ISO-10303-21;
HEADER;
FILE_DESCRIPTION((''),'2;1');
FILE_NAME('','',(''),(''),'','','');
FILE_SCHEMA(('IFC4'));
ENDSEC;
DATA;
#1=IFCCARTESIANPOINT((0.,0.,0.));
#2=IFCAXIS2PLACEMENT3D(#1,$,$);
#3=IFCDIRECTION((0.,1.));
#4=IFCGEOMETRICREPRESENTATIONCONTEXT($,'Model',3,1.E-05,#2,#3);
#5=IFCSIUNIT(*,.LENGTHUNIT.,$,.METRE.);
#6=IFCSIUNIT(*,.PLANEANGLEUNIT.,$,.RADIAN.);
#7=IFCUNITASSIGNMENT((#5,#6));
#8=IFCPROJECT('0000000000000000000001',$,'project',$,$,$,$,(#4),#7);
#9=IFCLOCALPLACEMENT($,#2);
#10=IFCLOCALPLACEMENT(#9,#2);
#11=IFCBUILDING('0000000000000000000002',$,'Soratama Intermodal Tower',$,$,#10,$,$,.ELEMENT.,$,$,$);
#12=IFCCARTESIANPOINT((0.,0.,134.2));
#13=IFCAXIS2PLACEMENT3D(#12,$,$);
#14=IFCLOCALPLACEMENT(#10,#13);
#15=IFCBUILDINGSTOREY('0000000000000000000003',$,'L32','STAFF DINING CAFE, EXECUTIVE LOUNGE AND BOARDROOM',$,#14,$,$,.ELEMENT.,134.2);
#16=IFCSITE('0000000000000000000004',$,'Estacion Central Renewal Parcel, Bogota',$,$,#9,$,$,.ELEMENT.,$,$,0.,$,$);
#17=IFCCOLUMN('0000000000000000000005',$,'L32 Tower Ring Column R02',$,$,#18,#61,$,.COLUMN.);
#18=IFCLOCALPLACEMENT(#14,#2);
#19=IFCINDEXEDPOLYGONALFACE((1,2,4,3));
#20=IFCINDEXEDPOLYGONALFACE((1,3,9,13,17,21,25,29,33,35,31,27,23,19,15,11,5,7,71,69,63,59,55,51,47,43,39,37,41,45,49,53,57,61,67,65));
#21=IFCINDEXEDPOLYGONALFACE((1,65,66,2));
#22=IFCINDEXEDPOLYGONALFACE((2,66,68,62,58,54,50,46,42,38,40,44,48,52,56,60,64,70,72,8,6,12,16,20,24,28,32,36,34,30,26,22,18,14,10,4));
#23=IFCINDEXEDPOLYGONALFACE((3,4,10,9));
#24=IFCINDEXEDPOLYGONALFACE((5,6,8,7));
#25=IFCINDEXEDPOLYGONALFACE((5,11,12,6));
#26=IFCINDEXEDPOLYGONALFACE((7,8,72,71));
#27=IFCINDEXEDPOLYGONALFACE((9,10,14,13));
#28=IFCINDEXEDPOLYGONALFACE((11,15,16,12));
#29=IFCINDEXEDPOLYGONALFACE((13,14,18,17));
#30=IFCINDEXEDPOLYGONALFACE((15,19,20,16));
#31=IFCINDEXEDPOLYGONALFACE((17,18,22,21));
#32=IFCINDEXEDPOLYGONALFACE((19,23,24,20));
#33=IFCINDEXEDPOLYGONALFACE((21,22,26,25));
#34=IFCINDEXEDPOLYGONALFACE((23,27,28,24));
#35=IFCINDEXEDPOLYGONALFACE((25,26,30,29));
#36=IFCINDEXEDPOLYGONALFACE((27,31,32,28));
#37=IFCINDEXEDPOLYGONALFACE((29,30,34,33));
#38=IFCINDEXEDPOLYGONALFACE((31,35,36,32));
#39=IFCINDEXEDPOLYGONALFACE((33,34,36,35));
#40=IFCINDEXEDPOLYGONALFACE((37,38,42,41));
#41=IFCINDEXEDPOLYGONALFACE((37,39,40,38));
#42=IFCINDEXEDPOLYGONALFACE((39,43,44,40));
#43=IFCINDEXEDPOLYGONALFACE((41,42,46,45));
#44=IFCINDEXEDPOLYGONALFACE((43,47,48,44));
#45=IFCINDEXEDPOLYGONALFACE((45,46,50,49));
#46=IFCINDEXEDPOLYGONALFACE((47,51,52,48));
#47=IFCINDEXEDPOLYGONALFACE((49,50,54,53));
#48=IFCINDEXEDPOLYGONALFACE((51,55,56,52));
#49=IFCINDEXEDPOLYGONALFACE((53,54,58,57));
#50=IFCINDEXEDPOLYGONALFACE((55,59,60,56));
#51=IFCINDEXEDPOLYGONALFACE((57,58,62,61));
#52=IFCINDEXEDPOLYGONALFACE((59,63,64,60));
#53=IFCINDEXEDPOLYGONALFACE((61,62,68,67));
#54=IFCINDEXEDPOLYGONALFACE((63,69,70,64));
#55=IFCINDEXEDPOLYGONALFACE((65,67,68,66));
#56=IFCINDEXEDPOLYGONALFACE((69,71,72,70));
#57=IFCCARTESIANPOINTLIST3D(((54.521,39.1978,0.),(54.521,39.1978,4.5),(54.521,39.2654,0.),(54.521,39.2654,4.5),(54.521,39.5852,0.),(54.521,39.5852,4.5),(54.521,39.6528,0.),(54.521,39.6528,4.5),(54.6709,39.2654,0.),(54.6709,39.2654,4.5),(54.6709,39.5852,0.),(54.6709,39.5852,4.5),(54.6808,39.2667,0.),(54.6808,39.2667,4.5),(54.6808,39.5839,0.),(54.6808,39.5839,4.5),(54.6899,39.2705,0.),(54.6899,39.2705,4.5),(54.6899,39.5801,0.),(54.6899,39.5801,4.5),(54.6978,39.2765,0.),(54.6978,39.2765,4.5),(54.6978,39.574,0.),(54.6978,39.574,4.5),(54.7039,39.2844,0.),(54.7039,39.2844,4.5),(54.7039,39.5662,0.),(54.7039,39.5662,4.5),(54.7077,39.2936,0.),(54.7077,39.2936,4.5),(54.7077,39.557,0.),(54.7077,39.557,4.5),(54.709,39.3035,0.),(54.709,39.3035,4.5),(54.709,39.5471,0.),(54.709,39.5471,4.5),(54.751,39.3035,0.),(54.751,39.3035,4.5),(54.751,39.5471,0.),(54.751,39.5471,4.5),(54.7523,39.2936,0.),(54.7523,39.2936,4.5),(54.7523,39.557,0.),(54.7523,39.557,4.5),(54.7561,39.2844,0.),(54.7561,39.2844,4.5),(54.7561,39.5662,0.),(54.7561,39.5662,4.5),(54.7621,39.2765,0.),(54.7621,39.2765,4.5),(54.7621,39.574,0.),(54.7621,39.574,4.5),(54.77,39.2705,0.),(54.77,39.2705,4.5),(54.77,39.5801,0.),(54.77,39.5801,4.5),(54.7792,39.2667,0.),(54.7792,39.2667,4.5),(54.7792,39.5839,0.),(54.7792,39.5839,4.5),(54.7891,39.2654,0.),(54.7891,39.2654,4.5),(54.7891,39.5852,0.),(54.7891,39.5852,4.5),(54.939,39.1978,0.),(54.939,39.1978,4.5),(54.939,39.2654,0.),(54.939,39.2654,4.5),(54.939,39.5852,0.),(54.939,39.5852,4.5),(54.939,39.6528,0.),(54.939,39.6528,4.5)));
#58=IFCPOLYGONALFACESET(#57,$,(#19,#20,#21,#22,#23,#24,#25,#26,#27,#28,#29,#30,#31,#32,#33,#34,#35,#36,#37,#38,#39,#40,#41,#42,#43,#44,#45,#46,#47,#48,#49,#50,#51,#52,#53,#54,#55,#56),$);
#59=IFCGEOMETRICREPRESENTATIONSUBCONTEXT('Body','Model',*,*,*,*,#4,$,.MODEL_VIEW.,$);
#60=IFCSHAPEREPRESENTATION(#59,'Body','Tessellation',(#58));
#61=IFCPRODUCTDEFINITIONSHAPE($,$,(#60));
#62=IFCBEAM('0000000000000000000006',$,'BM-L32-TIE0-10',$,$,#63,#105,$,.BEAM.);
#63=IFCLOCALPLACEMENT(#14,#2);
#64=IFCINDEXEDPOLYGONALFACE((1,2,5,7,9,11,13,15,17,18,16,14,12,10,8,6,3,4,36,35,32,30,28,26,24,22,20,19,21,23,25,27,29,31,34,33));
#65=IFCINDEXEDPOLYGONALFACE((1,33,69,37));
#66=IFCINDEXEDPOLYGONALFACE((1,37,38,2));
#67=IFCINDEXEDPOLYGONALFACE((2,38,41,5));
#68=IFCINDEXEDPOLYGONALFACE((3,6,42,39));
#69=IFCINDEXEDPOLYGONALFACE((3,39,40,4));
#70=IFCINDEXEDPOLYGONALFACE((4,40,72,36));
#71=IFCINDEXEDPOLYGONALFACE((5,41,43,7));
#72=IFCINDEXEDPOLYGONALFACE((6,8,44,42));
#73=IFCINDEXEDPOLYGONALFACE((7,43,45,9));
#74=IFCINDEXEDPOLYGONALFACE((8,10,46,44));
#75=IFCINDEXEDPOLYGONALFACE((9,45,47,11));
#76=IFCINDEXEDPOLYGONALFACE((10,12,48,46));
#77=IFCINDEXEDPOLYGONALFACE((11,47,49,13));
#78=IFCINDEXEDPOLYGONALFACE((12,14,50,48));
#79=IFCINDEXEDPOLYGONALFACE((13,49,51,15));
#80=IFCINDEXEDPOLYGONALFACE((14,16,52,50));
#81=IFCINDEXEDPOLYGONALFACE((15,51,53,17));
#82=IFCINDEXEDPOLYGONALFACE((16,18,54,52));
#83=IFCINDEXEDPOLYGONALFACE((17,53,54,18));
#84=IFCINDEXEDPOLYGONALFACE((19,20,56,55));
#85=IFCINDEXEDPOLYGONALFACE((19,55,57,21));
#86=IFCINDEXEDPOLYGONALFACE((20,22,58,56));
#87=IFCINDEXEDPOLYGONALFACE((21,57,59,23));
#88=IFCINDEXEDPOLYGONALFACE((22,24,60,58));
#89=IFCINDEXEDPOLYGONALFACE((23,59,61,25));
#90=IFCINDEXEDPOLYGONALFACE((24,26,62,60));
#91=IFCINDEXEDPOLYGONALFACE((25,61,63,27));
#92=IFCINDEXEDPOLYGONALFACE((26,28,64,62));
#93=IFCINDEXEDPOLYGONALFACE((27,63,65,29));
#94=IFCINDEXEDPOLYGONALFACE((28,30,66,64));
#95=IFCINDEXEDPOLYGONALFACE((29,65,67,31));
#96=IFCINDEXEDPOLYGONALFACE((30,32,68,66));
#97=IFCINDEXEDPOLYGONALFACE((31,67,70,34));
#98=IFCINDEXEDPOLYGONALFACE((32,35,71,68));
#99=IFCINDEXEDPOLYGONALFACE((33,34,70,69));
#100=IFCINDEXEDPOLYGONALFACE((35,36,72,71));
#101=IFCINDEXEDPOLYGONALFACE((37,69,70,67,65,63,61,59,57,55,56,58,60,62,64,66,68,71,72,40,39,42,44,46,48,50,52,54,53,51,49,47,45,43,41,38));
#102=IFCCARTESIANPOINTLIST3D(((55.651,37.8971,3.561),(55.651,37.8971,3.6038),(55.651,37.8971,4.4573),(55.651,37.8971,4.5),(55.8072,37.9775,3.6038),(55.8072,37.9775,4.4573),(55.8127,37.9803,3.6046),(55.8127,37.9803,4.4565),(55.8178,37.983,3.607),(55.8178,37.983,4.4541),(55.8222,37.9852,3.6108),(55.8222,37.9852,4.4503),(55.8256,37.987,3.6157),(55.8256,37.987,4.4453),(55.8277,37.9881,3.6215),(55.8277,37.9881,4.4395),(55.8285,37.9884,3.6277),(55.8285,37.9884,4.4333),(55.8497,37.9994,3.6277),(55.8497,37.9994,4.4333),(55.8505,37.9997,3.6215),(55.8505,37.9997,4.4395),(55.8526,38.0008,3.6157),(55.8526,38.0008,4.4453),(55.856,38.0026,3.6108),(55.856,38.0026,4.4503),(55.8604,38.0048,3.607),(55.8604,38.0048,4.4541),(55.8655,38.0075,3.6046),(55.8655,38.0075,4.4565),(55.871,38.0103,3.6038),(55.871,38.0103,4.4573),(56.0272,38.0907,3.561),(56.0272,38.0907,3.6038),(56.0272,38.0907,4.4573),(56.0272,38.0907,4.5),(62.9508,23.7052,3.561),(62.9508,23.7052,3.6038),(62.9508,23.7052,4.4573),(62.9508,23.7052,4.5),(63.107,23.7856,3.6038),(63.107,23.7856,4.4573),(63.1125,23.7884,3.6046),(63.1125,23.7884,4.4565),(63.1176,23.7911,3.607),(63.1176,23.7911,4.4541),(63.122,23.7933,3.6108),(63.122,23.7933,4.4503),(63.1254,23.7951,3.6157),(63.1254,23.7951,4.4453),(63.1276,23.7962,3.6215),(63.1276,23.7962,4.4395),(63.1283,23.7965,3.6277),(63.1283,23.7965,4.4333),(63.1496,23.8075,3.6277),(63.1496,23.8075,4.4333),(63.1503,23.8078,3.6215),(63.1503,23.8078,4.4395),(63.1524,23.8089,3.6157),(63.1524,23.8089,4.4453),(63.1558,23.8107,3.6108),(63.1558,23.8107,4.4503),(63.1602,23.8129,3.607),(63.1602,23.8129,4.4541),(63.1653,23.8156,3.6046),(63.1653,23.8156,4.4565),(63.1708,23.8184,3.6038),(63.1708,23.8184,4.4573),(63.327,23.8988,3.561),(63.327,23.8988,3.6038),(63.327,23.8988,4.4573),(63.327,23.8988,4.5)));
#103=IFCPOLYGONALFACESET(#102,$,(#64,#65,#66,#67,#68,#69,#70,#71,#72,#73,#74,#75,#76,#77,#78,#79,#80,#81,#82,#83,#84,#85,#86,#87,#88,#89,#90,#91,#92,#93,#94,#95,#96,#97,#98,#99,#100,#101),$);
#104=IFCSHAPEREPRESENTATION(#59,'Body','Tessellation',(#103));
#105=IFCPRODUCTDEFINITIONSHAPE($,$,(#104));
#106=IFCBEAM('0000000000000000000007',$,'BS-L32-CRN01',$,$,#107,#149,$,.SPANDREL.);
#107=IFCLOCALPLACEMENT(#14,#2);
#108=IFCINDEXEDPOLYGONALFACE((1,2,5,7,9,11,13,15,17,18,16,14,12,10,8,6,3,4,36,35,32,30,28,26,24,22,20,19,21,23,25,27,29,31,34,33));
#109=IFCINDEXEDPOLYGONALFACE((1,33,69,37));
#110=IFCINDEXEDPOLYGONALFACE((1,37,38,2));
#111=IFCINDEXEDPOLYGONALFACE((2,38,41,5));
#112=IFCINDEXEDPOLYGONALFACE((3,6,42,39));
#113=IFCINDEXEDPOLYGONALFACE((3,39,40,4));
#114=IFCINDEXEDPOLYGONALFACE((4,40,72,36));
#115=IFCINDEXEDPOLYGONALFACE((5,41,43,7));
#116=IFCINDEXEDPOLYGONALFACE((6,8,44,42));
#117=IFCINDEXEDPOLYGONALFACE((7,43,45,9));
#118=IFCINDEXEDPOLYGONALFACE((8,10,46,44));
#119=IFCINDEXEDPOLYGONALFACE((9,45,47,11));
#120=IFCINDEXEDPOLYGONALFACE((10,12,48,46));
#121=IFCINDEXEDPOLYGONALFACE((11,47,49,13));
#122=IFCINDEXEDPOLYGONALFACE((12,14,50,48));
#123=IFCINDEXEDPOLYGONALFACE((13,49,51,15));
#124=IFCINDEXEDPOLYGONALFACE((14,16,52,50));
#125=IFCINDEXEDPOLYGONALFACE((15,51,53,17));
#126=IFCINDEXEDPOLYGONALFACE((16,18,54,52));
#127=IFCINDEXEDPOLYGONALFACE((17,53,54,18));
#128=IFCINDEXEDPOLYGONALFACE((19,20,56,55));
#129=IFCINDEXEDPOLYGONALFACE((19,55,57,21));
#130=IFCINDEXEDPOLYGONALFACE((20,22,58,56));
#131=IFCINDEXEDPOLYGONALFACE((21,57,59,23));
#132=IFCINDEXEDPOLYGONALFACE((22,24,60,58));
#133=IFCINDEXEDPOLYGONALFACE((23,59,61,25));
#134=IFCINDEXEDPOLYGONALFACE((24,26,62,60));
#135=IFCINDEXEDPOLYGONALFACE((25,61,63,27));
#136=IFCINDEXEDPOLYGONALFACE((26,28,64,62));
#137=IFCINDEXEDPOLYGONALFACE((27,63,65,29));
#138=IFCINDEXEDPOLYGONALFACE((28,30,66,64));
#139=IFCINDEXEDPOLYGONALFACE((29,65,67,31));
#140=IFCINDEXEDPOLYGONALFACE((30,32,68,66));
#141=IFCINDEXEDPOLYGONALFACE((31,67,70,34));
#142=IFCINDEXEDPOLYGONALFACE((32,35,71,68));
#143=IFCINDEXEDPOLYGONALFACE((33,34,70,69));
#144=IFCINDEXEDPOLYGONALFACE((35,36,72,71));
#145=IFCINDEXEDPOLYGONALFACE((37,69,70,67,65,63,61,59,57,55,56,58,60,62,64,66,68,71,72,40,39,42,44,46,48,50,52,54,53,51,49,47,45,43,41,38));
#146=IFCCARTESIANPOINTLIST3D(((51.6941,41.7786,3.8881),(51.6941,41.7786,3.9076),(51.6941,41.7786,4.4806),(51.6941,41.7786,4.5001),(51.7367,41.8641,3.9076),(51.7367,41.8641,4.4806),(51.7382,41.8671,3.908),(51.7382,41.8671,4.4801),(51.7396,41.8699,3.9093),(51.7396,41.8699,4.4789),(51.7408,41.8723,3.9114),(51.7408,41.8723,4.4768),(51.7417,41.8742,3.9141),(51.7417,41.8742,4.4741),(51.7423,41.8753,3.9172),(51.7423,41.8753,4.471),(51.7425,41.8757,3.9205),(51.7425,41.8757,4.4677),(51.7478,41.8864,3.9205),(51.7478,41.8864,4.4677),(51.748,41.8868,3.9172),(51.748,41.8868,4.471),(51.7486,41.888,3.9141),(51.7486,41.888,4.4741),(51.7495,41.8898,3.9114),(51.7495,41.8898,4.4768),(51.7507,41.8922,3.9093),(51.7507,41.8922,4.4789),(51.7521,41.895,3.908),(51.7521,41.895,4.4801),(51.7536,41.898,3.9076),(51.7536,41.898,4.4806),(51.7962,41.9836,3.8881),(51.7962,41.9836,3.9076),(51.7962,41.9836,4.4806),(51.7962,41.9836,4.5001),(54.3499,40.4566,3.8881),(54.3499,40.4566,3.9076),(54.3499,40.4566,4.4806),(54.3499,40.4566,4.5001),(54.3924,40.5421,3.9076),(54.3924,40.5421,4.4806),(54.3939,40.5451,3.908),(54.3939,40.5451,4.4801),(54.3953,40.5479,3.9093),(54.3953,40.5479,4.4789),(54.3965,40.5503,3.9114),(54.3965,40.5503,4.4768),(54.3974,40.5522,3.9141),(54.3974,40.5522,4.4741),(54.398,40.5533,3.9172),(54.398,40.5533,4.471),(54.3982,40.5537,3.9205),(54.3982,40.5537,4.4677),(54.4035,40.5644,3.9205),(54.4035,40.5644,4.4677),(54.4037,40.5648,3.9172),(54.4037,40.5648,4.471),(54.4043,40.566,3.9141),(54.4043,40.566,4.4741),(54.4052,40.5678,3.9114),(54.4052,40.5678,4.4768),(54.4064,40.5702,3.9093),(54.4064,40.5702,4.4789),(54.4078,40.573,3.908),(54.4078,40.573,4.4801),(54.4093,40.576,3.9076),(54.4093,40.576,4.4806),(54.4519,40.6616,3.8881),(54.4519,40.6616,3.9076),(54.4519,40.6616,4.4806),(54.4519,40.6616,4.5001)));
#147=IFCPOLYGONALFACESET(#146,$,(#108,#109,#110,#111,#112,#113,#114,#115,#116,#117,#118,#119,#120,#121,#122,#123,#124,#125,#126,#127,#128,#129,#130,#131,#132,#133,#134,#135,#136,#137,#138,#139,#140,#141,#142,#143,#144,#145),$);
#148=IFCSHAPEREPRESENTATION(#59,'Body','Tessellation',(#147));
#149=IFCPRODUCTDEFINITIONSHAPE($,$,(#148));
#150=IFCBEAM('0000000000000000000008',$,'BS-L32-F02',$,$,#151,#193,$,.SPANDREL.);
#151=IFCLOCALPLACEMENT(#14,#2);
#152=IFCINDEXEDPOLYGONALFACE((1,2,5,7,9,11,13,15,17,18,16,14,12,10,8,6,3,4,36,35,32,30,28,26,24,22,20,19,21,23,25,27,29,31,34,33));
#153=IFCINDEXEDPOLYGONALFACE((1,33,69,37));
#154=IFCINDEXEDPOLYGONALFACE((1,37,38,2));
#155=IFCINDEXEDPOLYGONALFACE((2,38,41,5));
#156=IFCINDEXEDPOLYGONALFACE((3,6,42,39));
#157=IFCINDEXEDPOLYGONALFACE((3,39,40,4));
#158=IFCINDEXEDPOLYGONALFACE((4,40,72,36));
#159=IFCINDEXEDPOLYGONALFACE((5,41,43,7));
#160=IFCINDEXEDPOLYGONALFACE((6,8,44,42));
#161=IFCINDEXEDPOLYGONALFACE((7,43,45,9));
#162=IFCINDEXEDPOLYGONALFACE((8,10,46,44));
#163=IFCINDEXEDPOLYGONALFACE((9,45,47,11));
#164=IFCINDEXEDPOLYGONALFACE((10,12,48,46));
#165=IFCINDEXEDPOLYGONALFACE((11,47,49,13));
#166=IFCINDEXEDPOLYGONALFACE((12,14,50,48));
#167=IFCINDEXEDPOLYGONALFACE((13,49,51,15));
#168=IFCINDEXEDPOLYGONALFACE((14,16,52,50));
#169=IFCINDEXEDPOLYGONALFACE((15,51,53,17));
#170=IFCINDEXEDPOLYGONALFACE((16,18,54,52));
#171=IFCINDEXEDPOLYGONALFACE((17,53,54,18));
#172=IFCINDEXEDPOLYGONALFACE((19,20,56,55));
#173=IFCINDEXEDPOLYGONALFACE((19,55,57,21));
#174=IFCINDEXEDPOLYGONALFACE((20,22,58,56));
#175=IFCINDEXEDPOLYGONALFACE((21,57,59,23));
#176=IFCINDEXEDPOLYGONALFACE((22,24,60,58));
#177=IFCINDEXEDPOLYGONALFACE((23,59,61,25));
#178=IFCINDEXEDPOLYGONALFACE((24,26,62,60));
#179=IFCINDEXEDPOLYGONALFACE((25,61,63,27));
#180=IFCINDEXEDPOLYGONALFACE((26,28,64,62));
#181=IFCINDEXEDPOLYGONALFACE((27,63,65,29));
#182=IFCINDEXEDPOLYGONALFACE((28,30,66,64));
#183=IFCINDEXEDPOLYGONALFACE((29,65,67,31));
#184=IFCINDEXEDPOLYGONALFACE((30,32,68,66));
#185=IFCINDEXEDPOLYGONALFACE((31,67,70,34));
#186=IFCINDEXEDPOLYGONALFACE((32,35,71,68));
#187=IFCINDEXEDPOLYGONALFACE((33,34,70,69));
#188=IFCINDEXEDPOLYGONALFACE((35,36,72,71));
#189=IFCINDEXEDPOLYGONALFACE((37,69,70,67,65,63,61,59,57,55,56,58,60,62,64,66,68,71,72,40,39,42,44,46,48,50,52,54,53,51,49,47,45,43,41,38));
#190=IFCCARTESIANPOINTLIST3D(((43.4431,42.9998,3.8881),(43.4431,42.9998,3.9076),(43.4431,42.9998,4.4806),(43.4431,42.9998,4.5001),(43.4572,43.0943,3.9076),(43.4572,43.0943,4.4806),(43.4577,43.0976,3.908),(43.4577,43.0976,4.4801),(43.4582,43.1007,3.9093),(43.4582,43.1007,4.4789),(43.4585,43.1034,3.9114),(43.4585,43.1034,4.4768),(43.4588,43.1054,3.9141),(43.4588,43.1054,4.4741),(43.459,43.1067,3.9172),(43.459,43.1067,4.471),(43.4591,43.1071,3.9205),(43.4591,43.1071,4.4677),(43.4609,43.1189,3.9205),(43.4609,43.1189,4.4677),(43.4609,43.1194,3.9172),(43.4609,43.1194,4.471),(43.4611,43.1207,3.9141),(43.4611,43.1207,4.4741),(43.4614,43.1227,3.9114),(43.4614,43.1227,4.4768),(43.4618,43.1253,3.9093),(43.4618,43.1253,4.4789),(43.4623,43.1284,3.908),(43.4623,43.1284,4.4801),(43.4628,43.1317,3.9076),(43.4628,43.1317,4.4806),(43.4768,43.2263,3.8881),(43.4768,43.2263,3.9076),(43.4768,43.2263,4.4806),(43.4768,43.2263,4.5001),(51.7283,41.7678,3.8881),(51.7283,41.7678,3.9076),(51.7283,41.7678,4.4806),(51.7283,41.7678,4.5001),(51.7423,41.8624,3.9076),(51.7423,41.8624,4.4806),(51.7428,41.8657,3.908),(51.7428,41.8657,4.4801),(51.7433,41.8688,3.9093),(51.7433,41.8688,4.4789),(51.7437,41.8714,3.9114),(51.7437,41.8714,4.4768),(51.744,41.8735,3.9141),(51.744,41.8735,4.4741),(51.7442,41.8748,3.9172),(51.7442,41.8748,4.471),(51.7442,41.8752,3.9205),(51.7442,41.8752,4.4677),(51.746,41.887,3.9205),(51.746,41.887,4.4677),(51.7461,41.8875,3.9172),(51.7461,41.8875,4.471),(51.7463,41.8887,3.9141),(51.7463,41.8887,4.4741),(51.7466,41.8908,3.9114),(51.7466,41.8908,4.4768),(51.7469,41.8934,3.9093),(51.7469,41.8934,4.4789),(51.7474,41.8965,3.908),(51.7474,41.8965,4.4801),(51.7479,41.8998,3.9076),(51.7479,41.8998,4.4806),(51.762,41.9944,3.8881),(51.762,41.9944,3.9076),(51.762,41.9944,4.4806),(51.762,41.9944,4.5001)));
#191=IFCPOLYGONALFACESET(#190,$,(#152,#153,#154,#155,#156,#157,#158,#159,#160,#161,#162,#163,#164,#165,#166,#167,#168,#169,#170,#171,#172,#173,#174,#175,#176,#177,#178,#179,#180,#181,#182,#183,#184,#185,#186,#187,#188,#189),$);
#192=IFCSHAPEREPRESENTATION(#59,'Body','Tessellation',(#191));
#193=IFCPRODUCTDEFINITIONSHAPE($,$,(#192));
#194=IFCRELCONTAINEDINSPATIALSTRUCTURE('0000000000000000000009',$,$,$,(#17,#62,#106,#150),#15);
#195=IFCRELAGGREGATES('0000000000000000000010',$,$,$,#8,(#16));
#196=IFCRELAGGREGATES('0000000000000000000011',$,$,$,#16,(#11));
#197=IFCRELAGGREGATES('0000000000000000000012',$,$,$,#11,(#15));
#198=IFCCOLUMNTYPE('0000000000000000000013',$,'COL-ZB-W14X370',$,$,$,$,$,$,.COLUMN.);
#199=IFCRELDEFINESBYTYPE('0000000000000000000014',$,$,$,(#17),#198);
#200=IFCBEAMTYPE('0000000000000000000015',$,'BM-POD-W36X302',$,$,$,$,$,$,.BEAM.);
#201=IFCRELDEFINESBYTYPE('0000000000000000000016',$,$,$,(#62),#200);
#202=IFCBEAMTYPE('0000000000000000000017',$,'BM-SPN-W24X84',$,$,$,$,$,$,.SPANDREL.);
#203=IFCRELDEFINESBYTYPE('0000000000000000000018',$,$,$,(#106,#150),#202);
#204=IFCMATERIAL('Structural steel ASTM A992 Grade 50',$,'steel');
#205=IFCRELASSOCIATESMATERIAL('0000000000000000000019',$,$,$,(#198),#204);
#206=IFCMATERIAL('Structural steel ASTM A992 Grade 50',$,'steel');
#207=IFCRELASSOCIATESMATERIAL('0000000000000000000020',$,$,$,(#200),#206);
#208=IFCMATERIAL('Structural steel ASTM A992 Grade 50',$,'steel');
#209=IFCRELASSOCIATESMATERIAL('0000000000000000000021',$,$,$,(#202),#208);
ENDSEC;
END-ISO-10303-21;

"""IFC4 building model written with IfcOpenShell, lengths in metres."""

from ifc_helpers import new_model, si_unit, direction, frame, origin, origin_2d, place, context, subcontext, project, spatial, i_section, extrude, material, material_profile, profile_set, type_object, element, save


model = new_model("IFC4")

# Units and contexts
model_context = context("Model", 3, precision=1e-05, world=origin(), true_north=direction((0.0, 1.0)))
body_context = subcontext(model_context, "Body", "Model", "MODEL_VIEW")
ifc_project = project(units=[si_unit("LENGTHUNIT", "METRE"), si_unit("PLANEANGLEUNIT", "RADIAN")], contexts=[model_context])

# Site, building, storey
site_placement = place(None, origin())
site = spatial("IfcSite", under=ifc_project, at=site_placement, Name="Estacion Central Renewal Parcel, Bogota", CompositionType="ELEMENT", RefElevation=0.0)
building_placement = place(site_placement, origin())
building = spatial("IfcBuilding", under=site, at=building_placement, Name="Soratama Intermodal Tower", CompositionType="ELEMENT")
storey_placement = place(building_placement, frame((0.0, 0.0, 134.2)))
storey = spatial("IfcBuildingStorey", under=building, at=storey_placement, Name="L32", Description="STAFF DINING CAFE, EXECUTIVE LOUNGE AND BOARDROOM", CompositionType="ELEMENT", Elevation=134.2)

# Column
ifc_material_1 = material(Name="Structural steel ASTM A992 Grade 50", Category="steel")
ifc_material_profile_1 = material_profile(ifc_material_1, i_section(OverallWidth=0.418, OverallDepth=0.4551, WebThickness=0.042, FlangeThickness=0.0676, FilletRadius=0.0381, at=origin_2d()), Name="W14X370")
ifc_profile_set_1 = profile_set([ifc_material_profile_1], Name="Structural steel ASTM A992 Grade 50")
column_type = type_object("IfcColumnType", Name="COL-ZB-W14X370", PredefinedType="COLUMN", material=ifc_profile_set_1)
column_placement = place(storey_placement, frame((54.73, 39.4253, 0.0), z_axis=(0.0, 0.0, 1.0), x_axis=(1.0, 0.0, 0.0)))
element("IfcColumn", 1, at=column_placement, inside=storey, type_object=column_type, Name="L32 Tower Ring Column R02", PredefinedType="COLUMN", context=body_context, shape_type="SweptSolid", body=[
    extrude(i_section(OverallWidth=0.418, OverallDepth=0.4551, WebThickness=0.042, FlangeThickness=0.0676, FilletRadius=0.0381, at=origin_2d()), origin(), (0.0, 0.0, 1.0), 4.5),
])

# Beams
ifc_material_2 = material(Name="Structural steel ASTM A992 Grade 50", Category="steel")
ifc_material_profile_2 = material_profile(ifc_material_2, i_section(OverallWidth=0.4231, OverallDepth=0.939, WebThickness=0.0239, FlangeThickness=0.0427, FilletRadius=0.0239, at=origin_2d()), Name="W36X302")
ifc_profile_set_2 = profile_set([ifc_material_profile_2], Name="Structural steel ASTM A992 Grade 50")
beam_type_1 = type_object("IfcBeamType", Name="BM-POD-W36X302", PredefinedType="BEAM", material=ifc_profile_set_2)
beam_1_placement = place(storey_placement, frame((55.8391, 37.9939, 4.0305), z_axis=(0.457403, -0.889259, 0.0), x_axis=(0.889259, 0.457403, 0.0)))
element("IfcBeam", 2, at=beam_1_placement, inside=storey, type_object=beam_type_1, Name="BM-L32-TIE0-10", PredefinedType="BEAM", context=body_context, shape_type="SweptSolid", body=[
    extrude(i_section(OverallWidth=0.4231, OverallDepth=0.939, WebThickness=0.0239, FlangeThickness=0.0427, FilletRadius=0.0239, at=origin_2d()), origin(), (0.0, 0.0, 1.0), 15.9592),
])
ifc_material_3 = material(Name="Structural steel ASTM A992 Grade 50", Category="steel")
ifc_material_profile_3 = material_profile(ifc_material_3, i_section(OverallWidth=0.229, OverallDepth=0.6121, WebThickness=0.012, FlangeThickness=0.0195, FilletRadius=0.0129, at=origin_2d()), Name="W24X84")
ifc_profile_set_3 = profile_set([ifc_material_profile_3], Name="Structural steel ASTM A992 Grade 50")
beam_type_2 = type_object("IfcBeamType", Name="BM-SPN-W24X84", PredefinedType="SPANDREL", material=ifc_profile_set_3)
beam_2_placement = place(storey_placement, frame((54.4009, 40.5591, 4.1941), z_axis=(-0.895216, 0.445633, 0.0), x_axis=(-0.445633, -0.895216, 0.0)))
element("IfcBeam", 3, at=beam_2_placement, inside=storey, type_object=beam_type_2, Name="BS-L32-CRN01", PredefinedType="SPANDREL", context=body_context, shape_type="SweptSolid", body=[
    extrude(i_section(OverallWidth=0.229, OverallDepth=0.6121, WebThickness=0.012, FlangeThickness=0.0195, FilletRadius=0.0129, at=origin_2d()), origin(), (0.0, 0.0, 1.0), 2.9666),
])
beam_3_placement = place(storey_placement, frame((51.7451, 41.8811, 4.1941), z_axis=(-0.989125, 0.147075, 0.0), x_axis=(-0.147075, -0.989125, 0.0)))
element("IfcBeam", 4, at=beam_3_placement, inside=storey, type_object=beam_type_2, Name="BS-L32-F02", PredefinedType="SPANDREL", context=body_context, shape_type="SweptSolid", body=[
    extrude(i_section(OverallWidth=0.229, OverallDepth=0.6121, WebThickness=0.012, FlangeThickness=0.0195, FilletRadius=0.0129, at=origin_2d()), origin(), (0.0, 0.0, 1.0), 8.3762),
])

save(model, "model.ifc")
